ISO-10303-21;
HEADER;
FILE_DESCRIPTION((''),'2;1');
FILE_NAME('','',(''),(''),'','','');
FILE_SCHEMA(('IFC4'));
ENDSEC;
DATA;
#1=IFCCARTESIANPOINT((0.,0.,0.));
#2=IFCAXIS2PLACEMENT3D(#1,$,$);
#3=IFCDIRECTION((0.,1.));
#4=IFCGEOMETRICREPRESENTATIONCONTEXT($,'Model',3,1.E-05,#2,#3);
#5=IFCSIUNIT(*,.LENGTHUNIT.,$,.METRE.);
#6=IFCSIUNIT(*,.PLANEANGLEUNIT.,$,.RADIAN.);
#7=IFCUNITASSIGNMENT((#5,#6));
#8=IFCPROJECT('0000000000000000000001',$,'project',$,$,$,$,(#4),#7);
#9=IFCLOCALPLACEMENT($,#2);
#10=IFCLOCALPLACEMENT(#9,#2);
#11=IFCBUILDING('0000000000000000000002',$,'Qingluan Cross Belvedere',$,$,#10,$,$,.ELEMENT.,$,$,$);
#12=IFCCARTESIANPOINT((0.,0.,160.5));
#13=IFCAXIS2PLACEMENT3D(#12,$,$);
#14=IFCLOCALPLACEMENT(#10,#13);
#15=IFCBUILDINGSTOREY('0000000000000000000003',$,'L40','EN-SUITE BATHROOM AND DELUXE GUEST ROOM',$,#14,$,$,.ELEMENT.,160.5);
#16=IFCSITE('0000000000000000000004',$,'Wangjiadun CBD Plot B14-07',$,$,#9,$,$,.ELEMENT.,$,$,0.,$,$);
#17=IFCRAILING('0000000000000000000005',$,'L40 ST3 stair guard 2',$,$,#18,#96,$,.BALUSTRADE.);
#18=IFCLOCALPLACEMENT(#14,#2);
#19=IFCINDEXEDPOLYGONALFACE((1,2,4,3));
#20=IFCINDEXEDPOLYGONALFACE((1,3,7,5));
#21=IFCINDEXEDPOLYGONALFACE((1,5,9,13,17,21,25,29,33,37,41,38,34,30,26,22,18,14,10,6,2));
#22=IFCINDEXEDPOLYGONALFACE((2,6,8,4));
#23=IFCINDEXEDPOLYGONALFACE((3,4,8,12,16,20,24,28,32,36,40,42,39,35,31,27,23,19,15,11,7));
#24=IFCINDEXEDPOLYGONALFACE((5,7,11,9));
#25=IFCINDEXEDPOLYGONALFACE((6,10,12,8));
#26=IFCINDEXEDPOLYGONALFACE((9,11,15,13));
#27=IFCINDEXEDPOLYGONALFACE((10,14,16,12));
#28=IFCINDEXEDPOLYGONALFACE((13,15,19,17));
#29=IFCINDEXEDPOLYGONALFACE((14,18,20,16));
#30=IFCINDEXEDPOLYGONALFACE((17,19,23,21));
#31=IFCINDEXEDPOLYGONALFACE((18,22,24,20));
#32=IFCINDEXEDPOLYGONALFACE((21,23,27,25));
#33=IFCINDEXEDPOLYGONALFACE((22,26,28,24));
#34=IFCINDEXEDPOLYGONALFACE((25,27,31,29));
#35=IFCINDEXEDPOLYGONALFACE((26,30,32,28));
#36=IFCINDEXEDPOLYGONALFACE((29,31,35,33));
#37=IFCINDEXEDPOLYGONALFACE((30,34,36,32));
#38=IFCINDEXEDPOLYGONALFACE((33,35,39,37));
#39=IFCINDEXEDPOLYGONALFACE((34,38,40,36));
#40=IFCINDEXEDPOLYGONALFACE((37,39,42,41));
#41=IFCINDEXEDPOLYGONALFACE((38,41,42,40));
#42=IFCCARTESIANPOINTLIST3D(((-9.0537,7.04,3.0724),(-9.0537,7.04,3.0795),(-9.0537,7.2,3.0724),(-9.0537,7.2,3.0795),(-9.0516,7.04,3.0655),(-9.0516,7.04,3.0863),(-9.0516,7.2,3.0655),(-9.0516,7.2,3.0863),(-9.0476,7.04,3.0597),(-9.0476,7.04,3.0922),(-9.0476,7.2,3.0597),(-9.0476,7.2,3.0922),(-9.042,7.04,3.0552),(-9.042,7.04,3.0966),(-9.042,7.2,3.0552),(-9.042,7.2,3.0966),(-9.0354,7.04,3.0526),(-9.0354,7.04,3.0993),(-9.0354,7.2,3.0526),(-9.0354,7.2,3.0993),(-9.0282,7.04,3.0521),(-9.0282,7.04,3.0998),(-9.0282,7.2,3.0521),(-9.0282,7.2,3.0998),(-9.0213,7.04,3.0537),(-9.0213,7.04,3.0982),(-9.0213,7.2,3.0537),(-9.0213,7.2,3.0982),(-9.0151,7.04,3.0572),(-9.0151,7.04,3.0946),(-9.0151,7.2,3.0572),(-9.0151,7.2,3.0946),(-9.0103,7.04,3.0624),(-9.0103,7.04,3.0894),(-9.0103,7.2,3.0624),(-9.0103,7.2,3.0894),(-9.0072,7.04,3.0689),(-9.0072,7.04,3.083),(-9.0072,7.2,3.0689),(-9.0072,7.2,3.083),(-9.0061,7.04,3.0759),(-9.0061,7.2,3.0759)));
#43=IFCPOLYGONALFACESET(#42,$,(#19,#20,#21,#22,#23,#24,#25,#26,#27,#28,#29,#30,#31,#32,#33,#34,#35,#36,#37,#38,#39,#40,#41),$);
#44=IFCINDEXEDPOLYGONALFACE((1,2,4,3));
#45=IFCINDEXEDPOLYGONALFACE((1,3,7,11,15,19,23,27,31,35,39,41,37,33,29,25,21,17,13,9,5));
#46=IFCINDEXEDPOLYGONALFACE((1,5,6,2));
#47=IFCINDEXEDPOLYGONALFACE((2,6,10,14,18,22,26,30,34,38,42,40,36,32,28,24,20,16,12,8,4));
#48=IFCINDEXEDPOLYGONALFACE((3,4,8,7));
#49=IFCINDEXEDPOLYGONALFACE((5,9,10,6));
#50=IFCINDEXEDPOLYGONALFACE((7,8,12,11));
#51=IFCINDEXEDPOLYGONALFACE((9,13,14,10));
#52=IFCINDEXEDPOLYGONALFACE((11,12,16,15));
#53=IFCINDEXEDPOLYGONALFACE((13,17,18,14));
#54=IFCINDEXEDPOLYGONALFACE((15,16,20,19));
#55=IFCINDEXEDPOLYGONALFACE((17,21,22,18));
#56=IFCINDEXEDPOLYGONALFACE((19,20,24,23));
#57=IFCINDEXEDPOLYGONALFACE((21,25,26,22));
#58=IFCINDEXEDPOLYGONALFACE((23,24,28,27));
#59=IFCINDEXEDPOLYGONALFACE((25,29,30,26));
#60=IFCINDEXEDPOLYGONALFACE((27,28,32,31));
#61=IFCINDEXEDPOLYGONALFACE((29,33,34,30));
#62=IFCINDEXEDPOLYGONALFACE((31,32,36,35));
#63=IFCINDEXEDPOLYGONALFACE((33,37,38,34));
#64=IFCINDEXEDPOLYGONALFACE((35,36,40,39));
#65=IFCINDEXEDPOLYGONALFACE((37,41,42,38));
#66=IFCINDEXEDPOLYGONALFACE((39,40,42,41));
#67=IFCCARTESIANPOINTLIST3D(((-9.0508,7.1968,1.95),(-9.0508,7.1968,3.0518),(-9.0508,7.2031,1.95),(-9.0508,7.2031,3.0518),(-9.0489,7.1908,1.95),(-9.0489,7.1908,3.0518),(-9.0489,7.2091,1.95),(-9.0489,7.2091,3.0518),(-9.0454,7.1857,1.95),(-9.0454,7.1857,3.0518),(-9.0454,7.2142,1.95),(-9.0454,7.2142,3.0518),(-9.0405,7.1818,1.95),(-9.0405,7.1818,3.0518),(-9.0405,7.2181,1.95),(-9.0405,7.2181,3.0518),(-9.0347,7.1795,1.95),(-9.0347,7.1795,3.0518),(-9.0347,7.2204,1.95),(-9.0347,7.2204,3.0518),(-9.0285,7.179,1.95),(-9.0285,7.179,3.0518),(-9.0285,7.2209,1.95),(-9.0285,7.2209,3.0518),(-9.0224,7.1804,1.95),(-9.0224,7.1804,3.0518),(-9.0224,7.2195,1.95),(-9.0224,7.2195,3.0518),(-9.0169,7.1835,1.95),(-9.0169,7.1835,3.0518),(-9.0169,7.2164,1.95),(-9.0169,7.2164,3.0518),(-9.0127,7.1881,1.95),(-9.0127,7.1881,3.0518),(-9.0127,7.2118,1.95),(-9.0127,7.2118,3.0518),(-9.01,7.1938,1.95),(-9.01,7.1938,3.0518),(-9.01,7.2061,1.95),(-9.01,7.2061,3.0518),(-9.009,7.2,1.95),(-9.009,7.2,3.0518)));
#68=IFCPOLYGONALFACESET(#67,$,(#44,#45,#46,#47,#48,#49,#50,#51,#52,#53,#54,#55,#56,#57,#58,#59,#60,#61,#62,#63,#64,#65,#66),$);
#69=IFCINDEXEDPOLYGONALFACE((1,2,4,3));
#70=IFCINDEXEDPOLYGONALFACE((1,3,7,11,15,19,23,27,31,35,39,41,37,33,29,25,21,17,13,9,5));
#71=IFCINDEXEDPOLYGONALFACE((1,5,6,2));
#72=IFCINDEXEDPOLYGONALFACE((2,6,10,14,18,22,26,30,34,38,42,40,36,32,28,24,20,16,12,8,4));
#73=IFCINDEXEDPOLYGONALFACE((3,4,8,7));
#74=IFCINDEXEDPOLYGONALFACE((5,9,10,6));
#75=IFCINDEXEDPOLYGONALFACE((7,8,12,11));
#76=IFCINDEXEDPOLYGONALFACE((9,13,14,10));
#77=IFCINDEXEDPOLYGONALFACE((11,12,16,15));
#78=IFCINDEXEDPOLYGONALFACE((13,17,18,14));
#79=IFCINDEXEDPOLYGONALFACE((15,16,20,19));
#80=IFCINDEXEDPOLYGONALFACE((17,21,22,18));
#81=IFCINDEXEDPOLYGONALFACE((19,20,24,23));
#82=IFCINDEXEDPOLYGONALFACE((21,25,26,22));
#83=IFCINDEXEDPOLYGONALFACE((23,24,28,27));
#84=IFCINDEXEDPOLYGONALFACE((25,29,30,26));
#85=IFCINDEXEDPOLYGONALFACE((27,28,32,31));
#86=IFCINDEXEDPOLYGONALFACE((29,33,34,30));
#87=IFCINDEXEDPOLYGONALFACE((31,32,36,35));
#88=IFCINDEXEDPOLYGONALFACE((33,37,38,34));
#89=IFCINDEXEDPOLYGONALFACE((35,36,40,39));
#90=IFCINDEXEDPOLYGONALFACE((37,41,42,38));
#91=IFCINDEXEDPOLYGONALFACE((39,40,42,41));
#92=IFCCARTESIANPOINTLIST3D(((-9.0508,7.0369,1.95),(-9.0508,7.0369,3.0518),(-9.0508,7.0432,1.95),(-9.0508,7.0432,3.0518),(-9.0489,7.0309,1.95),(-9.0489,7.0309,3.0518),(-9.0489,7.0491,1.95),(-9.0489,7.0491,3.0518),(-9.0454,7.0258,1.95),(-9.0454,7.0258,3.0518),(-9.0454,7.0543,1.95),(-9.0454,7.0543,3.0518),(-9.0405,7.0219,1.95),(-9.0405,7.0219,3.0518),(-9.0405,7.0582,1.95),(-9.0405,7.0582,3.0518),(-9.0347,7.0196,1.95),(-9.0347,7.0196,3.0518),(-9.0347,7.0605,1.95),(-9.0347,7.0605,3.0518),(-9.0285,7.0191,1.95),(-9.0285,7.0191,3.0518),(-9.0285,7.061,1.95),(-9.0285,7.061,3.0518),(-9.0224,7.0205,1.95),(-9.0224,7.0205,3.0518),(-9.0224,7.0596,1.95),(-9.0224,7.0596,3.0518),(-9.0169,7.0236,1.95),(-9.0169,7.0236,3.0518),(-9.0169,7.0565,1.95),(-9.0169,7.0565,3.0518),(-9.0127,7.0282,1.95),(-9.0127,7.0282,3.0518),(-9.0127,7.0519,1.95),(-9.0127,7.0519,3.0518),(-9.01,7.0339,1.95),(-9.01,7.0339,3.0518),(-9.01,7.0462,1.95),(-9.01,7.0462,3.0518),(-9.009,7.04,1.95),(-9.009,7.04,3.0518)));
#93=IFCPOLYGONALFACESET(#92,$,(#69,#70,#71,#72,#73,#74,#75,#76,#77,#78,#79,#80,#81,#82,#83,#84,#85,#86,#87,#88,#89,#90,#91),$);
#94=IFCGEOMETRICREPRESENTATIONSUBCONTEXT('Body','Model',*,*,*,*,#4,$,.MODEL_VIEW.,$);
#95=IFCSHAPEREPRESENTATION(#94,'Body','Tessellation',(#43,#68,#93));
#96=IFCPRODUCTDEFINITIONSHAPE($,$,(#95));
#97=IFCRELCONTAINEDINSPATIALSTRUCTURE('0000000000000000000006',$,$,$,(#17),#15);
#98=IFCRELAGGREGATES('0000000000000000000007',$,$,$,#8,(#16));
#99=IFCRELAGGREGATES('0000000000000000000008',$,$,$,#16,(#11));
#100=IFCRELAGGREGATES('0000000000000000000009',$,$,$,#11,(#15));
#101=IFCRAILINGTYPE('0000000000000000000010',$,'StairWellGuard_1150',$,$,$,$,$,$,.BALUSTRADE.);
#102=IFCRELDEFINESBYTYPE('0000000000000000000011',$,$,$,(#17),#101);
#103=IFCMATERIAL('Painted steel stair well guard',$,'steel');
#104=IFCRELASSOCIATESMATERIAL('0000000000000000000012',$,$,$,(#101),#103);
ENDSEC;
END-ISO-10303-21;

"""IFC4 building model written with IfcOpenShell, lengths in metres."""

from ifc_helpers import new_model, si_unit, direction, frame, origin, origin_2d, place, context, subcontext, project, spatial, circle, extrude, material, type_object, element, save


model = new_model("IFC4")

# Units and contexts
model_context = context("Model", 3, precision=1e-05, world=origin(), true_north=direction((0.0, 1.0)))
body_context = subcontext(model_context, "Body", "Model", "MODEL_VIEW")
ifc_project = project(units=[si_unit("LENGTHUNIT", "METRE"), si_unit("PLANEANGLEUNIT", "RADIAN")], contexts=[model_context])

# Site, building, storey
site_placement = place(None, origin())
site = spatial("IfcSite", under=ifc_project, at=site_placement, Name="Wangjiadun CBD Plot B14-07", CompositionType="ELEMENT", RefElevation=0.0)
building_placement = place(site_placement, origin())
building = spatial("IfcBuilding", under=site, at=building_placement, Name="Qingluan Cross Belvedere", CompositionType="ELEMENT")
storey_placement = place(building_placement, frame((0.0, 0.0, 160.5)))
storey = spatial("IfcBuildingStorey", under=building, at=storey_placement, Name="L40", Description="EN-SUITE BATHROOM AND DELUXE GUEST ROOM", CompositionType="ELEMENT", Elevation=160.5)

# Railing
ifc_material_1 = material(Name="Painted steel stair well guard", Category="steel")
railing_type_1 = type_object("IfcRailingType", Name="StairWellGuard_1150", PredefinedType="BALUSTRADE", material=ifc_material_1)
railing_1_placement = place(storey_placement, frame((-9.03, 7.2, 1.95)))
element("IfcRailing", 1, at=railing_1_placement, inside=storey, type_object=railing_type_1, Name="L40 ST3 stair guard 2", PredefinedType="BALUSTRADE", context=body_context, shape_type="SweptSolid", body=[
    extrude(circle(Radius=0.0239, at=origin_2d()), frame((0.0, 0.0, 1.126), z_axis=(0.0, -1.0, 0.0), x_axis=(1.0, 0.0, 0.0)), (0.0, 0.0, 1.0), 0.1599),
    extrude(circle(Radius=0.021, at=origin_2d()), origin(), (0.0, 0.0, 1.0), 1.1018),
    extrude(circle(Radius=0.021, at=origin_2d()), frame((0.0, -0.1599, 0.0)), (0.0, 0.0, 1.0), 1.1018),
])

save(model, "model.ifc")
